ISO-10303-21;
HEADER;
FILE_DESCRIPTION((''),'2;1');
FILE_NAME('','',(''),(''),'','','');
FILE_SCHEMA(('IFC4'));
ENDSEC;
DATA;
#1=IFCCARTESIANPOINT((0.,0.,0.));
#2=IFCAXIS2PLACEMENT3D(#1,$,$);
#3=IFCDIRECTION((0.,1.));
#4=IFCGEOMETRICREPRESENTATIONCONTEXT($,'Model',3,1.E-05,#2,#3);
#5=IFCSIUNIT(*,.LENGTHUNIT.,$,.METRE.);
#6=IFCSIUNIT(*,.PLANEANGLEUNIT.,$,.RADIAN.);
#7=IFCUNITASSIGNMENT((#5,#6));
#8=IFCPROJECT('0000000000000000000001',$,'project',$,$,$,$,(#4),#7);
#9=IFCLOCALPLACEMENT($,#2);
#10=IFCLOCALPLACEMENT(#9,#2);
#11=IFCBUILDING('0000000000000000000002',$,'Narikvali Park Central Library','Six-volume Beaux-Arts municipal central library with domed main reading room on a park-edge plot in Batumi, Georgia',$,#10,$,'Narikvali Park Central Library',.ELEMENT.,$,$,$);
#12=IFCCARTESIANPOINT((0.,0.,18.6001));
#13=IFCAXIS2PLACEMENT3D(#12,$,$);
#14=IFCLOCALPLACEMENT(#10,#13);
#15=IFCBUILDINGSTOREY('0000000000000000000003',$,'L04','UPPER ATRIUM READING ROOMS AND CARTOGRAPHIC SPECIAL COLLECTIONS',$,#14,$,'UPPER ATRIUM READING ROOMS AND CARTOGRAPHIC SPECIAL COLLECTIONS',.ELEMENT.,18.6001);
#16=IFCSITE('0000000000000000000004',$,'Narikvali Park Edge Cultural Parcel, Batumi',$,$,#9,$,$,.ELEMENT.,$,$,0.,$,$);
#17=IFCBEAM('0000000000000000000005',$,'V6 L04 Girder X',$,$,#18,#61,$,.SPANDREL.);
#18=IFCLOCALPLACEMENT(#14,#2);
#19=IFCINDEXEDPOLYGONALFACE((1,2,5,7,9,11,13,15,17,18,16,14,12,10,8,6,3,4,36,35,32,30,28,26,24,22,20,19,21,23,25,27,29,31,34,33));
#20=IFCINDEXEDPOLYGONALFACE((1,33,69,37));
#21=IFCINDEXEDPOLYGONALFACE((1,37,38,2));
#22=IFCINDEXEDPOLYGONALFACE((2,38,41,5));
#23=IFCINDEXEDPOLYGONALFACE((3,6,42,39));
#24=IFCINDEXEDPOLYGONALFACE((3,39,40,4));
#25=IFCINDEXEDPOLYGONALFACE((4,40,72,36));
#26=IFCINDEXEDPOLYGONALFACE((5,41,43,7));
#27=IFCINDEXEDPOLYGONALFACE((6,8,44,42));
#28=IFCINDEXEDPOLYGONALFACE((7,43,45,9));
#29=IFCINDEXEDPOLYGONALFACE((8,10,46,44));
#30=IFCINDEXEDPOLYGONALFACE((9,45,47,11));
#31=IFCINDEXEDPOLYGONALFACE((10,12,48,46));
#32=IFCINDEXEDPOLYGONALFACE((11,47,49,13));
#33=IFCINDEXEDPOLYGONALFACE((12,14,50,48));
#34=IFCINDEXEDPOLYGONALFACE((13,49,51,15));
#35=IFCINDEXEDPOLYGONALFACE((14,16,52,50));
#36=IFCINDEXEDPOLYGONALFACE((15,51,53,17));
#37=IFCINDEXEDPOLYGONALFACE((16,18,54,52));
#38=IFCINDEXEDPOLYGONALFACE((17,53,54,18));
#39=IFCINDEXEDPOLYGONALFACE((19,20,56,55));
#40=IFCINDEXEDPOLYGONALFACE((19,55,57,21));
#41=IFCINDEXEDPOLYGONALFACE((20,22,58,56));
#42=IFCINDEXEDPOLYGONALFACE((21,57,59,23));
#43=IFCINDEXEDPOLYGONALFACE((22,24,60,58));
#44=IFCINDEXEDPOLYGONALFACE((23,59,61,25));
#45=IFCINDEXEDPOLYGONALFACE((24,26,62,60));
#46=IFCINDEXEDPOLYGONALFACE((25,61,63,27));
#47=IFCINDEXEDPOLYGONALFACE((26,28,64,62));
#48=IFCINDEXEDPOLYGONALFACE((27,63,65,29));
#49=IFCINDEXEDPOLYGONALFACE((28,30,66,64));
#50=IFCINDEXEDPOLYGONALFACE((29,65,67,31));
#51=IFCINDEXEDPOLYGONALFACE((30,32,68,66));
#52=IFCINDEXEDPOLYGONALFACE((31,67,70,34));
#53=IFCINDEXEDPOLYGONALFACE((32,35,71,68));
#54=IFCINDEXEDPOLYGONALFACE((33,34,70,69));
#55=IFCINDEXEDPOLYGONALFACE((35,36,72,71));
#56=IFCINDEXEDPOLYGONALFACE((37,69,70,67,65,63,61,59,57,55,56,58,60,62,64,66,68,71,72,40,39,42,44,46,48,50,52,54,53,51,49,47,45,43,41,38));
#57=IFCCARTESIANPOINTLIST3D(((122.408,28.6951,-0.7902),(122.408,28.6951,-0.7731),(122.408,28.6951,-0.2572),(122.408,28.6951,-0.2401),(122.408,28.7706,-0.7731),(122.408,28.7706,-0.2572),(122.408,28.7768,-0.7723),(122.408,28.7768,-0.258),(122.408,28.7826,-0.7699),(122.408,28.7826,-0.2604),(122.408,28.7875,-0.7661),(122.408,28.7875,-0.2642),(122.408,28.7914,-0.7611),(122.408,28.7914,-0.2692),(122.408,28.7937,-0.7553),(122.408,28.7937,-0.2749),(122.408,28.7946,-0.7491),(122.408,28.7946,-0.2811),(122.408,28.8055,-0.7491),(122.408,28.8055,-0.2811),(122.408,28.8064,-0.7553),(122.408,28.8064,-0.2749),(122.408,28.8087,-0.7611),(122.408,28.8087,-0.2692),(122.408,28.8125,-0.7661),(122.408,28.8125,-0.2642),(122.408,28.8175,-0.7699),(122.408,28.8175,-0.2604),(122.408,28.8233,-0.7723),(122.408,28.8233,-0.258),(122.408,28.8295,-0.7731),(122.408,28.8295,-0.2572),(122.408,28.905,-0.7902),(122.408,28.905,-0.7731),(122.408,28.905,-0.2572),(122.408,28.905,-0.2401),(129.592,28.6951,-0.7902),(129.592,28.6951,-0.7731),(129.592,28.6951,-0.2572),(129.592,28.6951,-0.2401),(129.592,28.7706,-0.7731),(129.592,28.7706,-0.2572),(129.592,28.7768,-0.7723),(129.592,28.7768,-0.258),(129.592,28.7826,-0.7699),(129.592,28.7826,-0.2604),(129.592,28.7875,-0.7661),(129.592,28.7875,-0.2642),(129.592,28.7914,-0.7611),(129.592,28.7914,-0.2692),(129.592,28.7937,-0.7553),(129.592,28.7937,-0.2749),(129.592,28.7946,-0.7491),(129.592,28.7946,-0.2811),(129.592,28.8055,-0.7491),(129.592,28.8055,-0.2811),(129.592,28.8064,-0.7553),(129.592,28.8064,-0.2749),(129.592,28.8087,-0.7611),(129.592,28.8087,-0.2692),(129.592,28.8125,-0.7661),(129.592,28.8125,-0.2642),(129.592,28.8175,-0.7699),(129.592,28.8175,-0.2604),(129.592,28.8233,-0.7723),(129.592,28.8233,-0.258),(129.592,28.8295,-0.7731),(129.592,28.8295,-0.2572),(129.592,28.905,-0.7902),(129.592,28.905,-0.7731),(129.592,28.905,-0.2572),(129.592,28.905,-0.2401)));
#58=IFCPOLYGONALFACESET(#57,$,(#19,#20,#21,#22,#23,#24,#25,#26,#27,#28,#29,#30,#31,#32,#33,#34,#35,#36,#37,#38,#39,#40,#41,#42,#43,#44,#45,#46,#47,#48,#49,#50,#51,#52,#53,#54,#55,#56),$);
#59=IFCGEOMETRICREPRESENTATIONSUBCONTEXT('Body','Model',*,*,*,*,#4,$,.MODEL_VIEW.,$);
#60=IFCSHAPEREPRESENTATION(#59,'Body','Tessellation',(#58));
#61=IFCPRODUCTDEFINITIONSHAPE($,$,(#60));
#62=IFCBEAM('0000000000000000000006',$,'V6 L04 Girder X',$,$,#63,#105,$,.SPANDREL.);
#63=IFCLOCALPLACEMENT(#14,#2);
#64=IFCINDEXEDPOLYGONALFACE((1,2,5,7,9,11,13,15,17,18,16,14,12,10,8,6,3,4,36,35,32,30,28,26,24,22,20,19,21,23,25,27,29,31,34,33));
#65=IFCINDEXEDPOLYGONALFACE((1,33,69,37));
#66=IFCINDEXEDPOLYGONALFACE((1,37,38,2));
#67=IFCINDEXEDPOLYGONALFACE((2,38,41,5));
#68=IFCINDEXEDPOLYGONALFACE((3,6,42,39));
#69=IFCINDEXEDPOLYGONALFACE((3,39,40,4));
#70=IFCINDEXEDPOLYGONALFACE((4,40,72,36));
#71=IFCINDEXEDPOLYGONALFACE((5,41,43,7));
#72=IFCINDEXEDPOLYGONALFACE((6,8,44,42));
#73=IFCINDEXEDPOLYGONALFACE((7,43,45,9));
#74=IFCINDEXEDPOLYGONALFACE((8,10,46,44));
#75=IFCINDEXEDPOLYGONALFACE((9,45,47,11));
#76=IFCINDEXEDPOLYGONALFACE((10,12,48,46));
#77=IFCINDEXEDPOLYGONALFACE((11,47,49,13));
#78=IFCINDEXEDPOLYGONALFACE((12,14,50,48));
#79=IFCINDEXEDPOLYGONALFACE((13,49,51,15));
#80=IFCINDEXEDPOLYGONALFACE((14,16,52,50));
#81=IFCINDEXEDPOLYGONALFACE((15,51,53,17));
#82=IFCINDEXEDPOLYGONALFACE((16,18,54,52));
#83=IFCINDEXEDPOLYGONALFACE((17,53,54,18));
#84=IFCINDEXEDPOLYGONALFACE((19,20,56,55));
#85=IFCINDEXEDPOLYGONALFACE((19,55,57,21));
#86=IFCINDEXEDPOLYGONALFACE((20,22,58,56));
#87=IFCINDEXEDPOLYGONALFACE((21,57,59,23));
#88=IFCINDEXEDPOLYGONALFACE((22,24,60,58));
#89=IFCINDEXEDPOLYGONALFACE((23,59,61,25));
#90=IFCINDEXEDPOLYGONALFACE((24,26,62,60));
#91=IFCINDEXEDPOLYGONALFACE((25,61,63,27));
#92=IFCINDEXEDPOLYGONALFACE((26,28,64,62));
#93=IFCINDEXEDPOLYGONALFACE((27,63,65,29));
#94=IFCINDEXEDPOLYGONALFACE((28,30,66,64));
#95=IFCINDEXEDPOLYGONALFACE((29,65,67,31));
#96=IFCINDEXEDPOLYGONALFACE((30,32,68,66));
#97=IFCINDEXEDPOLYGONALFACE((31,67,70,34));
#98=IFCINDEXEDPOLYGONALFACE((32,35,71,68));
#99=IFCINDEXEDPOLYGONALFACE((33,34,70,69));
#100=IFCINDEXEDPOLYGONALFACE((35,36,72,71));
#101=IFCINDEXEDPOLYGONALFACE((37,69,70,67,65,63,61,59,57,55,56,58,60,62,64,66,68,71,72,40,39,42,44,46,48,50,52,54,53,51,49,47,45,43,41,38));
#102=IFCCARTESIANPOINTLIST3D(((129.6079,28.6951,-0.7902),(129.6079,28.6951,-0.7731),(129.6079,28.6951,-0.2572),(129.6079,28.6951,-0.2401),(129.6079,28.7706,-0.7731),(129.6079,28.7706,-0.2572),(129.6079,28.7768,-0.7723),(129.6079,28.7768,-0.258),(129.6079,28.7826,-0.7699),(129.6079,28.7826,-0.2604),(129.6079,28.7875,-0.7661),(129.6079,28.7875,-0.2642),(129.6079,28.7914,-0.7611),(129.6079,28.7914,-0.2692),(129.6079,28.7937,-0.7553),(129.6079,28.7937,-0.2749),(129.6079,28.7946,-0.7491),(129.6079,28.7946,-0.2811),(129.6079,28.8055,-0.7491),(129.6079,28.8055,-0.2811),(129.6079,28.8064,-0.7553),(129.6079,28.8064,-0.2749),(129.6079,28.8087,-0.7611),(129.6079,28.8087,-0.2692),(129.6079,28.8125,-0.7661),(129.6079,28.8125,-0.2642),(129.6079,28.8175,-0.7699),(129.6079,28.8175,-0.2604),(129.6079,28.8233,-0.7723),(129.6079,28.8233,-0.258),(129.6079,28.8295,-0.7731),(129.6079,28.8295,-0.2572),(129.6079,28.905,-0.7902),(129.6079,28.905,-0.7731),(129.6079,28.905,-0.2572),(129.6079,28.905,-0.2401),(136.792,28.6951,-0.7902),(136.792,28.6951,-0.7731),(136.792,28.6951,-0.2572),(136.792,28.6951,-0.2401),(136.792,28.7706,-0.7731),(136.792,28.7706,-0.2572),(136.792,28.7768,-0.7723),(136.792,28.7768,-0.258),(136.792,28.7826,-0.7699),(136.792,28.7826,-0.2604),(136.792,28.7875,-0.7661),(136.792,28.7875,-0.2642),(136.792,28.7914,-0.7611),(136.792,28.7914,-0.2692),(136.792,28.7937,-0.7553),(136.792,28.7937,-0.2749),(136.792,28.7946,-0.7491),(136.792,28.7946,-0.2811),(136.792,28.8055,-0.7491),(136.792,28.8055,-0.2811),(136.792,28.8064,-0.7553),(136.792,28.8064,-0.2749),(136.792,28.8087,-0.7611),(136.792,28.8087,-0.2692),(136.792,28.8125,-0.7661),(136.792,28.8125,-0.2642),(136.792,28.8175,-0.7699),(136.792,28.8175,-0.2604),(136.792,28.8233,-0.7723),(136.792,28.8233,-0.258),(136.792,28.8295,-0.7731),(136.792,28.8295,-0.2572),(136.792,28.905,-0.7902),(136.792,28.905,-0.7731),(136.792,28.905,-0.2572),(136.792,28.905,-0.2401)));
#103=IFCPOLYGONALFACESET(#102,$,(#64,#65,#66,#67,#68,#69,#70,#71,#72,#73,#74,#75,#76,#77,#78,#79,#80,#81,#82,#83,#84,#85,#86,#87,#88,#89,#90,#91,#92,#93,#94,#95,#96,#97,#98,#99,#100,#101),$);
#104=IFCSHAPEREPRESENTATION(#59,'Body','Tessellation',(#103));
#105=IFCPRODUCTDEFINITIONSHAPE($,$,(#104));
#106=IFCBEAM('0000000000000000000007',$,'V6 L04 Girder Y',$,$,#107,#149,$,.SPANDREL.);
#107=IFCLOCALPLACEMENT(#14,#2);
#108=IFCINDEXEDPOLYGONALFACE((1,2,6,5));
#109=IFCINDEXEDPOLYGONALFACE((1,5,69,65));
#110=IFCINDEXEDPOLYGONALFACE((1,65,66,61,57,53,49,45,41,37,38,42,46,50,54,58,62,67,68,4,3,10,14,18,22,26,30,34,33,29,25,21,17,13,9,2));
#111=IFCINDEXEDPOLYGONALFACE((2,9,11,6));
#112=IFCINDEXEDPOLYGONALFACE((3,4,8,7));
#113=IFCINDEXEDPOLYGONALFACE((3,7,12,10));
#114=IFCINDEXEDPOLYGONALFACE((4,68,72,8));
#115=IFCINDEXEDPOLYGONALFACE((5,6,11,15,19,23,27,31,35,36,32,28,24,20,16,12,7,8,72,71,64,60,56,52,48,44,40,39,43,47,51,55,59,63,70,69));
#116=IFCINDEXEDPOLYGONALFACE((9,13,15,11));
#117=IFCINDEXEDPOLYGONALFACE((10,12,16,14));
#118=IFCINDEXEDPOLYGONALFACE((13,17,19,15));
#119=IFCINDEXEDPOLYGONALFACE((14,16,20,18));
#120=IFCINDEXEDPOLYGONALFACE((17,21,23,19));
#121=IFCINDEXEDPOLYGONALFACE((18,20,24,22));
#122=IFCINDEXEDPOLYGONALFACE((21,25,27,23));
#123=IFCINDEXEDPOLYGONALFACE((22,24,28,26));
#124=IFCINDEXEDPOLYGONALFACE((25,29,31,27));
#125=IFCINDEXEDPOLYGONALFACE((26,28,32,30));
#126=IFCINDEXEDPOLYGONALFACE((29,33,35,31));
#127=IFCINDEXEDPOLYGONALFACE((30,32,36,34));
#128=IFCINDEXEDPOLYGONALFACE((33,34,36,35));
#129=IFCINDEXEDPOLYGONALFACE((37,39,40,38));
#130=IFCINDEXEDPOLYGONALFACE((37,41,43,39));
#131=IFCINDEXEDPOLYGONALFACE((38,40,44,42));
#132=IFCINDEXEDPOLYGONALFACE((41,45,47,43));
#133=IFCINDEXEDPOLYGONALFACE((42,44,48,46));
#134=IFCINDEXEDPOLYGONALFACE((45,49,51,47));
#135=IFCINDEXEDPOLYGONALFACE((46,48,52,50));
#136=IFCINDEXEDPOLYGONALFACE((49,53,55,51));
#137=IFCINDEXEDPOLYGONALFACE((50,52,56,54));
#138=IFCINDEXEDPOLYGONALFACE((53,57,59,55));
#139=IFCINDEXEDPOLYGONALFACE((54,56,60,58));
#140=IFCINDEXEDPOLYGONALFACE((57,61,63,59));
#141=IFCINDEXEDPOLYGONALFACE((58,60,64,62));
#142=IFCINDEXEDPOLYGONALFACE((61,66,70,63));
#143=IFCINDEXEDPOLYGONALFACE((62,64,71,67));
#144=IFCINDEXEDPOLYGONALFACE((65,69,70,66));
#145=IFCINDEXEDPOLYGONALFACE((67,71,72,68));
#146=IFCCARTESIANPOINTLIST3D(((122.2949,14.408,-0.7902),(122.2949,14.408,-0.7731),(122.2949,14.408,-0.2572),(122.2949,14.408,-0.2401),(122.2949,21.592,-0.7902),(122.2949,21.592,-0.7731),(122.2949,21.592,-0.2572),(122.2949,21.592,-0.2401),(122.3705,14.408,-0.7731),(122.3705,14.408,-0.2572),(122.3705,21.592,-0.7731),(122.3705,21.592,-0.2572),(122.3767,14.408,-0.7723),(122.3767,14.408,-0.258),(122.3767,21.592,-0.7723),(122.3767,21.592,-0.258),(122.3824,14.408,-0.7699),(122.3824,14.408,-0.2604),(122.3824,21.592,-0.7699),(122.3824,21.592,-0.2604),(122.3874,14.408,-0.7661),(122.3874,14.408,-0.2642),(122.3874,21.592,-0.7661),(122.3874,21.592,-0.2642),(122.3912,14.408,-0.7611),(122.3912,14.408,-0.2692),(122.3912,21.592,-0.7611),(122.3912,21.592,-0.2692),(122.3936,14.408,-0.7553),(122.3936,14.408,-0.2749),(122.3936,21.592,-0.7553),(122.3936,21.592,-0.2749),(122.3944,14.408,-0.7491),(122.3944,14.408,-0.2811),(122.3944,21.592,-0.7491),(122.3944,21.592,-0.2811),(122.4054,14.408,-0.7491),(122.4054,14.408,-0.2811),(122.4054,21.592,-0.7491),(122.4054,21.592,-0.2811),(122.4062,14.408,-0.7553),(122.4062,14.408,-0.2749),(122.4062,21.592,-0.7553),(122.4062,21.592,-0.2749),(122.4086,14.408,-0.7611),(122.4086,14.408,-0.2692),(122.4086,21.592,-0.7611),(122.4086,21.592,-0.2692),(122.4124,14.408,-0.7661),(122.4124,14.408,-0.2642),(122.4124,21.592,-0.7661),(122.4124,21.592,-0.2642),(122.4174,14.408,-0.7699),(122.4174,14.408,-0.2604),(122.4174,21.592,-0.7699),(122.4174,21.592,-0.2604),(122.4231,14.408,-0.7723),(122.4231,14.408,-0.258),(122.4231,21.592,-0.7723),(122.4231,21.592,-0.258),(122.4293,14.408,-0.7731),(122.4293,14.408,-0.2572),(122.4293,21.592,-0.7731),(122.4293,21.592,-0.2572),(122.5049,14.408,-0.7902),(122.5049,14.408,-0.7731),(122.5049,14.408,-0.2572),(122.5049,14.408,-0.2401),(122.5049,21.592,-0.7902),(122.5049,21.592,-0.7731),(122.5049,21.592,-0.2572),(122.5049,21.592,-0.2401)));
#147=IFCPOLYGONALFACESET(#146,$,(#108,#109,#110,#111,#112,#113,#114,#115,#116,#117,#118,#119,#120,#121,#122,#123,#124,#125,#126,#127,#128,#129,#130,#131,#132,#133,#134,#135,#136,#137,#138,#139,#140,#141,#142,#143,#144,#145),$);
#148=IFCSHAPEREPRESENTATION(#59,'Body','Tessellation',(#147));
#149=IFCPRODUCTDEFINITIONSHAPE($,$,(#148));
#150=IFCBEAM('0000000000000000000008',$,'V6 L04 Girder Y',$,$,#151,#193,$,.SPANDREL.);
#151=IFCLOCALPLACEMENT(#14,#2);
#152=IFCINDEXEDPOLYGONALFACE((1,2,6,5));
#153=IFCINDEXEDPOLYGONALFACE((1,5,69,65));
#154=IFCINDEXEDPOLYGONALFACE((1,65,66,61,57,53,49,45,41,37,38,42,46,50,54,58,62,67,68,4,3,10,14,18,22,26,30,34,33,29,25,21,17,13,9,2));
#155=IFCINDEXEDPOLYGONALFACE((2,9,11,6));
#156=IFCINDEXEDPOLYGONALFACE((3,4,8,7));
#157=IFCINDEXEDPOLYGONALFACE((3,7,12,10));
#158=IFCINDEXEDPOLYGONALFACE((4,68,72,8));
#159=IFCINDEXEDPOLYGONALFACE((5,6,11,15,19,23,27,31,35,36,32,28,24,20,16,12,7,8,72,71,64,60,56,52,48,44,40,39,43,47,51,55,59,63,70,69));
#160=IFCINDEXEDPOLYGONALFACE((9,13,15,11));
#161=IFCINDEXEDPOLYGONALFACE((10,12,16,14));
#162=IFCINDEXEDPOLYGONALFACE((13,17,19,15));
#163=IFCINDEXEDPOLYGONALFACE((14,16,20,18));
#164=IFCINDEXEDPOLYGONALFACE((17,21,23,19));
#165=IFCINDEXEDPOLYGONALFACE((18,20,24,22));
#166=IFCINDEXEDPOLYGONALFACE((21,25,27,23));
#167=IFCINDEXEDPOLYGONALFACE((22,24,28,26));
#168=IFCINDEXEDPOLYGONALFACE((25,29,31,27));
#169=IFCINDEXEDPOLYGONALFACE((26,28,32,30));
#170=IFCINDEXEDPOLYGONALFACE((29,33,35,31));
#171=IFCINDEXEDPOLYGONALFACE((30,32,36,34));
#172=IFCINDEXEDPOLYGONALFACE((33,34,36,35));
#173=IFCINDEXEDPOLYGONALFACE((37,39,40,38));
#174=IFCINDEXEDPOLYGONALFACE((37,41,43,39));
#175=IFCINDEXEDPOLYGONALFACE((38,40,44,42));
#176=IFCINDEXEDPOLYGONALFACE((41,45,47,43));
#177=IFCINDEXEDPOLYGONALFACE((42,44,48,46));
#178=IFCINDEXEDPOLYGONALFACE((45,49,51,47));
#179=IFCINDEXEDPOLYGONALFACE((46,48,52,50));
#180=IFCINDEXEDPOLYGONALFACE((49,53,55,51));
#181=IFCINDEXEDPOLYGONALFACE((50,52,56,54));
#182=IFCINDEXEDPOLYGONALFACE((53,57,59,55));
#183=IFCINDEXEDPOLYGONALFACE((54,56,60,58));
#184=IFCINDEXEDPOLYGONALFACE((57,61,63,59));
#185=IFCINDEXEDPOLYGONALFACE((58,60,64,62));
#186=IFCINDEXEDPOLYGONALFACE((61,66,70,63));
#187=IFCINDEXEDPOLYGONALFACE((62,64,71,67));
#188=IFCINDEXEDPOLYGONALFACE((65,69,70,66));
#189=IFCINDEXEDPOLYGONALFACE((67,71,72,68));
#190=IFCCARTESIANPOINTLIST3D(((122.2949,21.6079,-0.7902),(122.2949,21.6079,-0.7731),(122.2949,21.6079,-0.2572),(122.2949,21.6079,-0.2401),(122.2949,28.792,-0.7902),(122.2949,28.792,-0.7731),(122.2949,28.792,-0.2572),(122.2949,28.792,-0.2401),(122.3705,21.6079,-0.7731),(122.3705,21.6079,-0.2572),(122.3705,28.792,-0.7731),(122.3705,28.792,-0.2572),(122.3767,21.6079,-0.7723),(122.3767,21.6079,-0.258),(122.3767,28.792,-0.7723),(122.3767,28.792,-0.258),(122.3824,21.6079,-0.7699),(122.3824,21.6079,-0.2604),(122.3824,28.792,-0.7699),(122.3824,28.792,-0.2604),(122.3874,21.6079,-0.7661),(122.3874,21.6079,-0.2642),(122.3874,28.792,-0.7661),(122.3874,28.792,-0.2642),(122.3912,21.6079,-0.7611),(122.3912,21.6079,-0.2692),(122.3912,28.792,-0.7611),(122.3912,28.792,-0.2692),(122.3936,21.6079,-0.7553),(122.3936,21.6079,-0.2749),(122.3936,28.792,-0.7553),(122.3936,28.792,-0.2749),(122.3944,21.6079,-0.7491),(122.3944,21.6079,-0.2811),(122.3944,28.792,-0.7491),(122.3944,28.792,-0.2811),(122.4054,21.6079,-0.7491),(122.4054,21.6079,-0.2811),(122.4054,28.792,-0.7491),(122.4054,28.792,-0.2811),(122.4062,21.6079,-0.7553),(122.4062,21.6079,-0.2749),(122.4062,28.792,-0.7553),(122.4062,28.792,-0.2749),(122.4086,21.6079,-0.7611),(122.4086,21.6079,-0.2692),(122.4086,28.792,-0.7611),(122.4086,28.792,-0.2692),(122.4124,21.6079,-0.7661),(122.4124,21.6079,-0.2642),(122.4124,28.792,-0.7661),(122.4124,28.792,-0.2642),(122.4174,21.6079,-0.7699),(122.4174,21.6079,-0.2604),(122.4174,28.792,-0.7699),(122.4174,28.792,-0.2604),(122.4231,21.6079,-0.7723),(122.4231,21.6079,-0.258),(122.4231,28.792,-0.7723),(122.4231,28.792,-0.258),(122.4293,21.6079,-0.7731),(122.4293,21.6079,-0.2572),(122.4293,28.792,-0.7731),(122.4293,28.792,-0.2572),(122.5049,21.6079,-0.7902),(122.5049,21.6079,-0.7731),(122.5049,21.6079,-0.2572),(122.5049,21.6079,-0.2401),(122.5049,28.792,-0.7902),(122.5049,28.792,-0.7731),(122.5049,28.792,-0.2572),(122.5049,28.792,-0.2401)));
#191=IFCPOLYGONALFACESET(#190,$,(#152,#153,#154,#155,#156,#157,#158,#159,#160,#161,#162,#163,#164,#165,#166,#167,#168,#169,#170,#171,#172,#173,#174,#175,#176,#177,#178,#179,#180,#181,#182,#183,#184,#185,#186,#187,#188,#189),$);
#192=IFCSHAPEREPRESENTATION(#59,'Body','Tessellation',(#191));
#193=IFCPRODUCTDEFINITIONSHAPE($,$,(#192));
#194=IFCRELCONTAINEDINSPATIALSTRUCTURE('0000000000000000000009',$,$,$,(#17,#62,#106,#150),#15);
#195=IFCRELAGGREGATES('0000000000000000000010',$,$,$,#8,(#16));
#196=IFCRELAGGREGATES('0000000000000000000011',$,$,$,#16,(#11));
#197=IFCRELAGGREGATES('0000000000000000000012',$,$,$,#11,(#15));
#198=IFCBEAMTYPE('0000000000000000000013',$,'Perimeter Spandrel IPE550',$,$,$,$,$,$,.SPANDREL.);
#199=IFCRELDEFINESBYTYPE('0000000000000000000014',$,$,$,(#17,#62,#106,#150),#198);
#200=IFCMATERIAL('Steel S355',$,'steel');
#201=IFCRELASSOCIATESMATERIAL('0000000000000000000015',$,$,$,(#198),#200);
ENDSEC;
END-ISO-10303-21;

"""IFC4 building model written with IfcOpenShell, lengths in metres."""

from ifc_helpers import new_model, si_unit, direction, frame, origin, origin_2d, place, context, subcontext, project, spatial, i_section, extrude, material, material_profile, profile_set, type_object, element, save


model = new_model("IFC4")

# Units and contexts
model_context = context("Model", 3, precision=1e-05, world=origin(), true_north=direction((0.0, 1.0)))
body_context = subcontext(model_context, "Body", "Model", "MODEL_VIEW")
ifc_project = project(units=[si_unit("LENGTHUNIT", "METRE"), si_unit("PLANEANGLEUNIT", "RADIAN")], contexts=[model_context])

# Site, building, storey
site_placement = place(None, origin())
site = spatial("IfcSite", under=ifc_project, at=site_placement, Name="Narikvali Park Edge Cultural Parcel, Batumi", CompositionType="ELEMENT", RefElevation=0.0)
building_placement = place(site_placement, origin())
building = spatial("IfcBuilding", under=site, at=building_placement, Name="Narikvali Park Central Library", Description="Six-volume Beaux-Arts municipal central library with domed main reading room on a park-edge plot in Batumi, Georgia", LongName="Narikvali Park Central Library", CompositionType="ELEMENT")
storey_placement = place(building_placement, frame((0.0, 0.0, 18.6001)))
storey = spatial("IfcBuildingStorey", under=building, at=storey_placement, Name="L04", Description="UPPER ATRIUM READING ROOMS AND CARTOGRAPHIC SPECIAL COLLECTIONS", LongName="UPPER ATRIUM READING ROOMS AND CARTOGRAPHIC SPECIAL COLLECTIONS", CompositionType="ELEMENT", Elevation=18.6001)

# Beams
ifc_material_1 = material(Name="Steel S355", Category="steel")
ifc_material_profile_1 = material_profile(ifc_material_1, i_section(OverallWidth=0.21, OverallDepth=0.55, WebThickness=0.011, FlangeThickness=0.0171, FilletRadius=0.0239, at=origin_2d()), Name="IPE 550")
ifc_profile_set_1 = profile_set([ifc_material_profile_1], Name="Steel S355")
beam_type_1 = type_object("IfcBeamType", Name="Perimeter Spandrel IPE550", PredefinedType="SPANDREL", material=ifc_profile_set_1)
for number, where, z_axis, x_axis, name in (
    (1, (122.408, 28.8, -0.5151), (1.0, 0.0, 0.0), (0.0, 1.0, 0.0), "V6 L04 Girder X"),
    (2, (129.6079, 28.8, -0.5151), (1.0, 0.0, 0.0), (0.0, 1.0, 0.0), "V6 L04 Girder X"),
    (3, (122.3999, 14.408, -0.5151), (0.0, 1.0, 0.0), (-1.0, 0.0, 0.0), "V6 L04 Girder Y"),
    (4, (122.3999, 21.6079, -0.5151), (0.0, 1.0, 0.0), (-1.0, 0.0, 0.0), "V6 L04 Girder Y"),
):
    element("IfcBeam", number, at=place(storey_placement, frame(where, z_axis=z_axis, x_axis=x_axis)), inside=storey, type_object=beam_type_1, Name=name, PredefinedType="SPANDREL", context=body_context, shape_type="SweptSolid", body=[
        extrude(i_section(OverallWidth=0.21, OverallDepth=0.55, WebThickness=0.011, FlangeThickness=0.0171, FilletRadius=0.0239, at=origin_2d()), origin(), (0.0, 0.0, 1.0), 7.1841),
    ])

save(model, "model.ifc")
